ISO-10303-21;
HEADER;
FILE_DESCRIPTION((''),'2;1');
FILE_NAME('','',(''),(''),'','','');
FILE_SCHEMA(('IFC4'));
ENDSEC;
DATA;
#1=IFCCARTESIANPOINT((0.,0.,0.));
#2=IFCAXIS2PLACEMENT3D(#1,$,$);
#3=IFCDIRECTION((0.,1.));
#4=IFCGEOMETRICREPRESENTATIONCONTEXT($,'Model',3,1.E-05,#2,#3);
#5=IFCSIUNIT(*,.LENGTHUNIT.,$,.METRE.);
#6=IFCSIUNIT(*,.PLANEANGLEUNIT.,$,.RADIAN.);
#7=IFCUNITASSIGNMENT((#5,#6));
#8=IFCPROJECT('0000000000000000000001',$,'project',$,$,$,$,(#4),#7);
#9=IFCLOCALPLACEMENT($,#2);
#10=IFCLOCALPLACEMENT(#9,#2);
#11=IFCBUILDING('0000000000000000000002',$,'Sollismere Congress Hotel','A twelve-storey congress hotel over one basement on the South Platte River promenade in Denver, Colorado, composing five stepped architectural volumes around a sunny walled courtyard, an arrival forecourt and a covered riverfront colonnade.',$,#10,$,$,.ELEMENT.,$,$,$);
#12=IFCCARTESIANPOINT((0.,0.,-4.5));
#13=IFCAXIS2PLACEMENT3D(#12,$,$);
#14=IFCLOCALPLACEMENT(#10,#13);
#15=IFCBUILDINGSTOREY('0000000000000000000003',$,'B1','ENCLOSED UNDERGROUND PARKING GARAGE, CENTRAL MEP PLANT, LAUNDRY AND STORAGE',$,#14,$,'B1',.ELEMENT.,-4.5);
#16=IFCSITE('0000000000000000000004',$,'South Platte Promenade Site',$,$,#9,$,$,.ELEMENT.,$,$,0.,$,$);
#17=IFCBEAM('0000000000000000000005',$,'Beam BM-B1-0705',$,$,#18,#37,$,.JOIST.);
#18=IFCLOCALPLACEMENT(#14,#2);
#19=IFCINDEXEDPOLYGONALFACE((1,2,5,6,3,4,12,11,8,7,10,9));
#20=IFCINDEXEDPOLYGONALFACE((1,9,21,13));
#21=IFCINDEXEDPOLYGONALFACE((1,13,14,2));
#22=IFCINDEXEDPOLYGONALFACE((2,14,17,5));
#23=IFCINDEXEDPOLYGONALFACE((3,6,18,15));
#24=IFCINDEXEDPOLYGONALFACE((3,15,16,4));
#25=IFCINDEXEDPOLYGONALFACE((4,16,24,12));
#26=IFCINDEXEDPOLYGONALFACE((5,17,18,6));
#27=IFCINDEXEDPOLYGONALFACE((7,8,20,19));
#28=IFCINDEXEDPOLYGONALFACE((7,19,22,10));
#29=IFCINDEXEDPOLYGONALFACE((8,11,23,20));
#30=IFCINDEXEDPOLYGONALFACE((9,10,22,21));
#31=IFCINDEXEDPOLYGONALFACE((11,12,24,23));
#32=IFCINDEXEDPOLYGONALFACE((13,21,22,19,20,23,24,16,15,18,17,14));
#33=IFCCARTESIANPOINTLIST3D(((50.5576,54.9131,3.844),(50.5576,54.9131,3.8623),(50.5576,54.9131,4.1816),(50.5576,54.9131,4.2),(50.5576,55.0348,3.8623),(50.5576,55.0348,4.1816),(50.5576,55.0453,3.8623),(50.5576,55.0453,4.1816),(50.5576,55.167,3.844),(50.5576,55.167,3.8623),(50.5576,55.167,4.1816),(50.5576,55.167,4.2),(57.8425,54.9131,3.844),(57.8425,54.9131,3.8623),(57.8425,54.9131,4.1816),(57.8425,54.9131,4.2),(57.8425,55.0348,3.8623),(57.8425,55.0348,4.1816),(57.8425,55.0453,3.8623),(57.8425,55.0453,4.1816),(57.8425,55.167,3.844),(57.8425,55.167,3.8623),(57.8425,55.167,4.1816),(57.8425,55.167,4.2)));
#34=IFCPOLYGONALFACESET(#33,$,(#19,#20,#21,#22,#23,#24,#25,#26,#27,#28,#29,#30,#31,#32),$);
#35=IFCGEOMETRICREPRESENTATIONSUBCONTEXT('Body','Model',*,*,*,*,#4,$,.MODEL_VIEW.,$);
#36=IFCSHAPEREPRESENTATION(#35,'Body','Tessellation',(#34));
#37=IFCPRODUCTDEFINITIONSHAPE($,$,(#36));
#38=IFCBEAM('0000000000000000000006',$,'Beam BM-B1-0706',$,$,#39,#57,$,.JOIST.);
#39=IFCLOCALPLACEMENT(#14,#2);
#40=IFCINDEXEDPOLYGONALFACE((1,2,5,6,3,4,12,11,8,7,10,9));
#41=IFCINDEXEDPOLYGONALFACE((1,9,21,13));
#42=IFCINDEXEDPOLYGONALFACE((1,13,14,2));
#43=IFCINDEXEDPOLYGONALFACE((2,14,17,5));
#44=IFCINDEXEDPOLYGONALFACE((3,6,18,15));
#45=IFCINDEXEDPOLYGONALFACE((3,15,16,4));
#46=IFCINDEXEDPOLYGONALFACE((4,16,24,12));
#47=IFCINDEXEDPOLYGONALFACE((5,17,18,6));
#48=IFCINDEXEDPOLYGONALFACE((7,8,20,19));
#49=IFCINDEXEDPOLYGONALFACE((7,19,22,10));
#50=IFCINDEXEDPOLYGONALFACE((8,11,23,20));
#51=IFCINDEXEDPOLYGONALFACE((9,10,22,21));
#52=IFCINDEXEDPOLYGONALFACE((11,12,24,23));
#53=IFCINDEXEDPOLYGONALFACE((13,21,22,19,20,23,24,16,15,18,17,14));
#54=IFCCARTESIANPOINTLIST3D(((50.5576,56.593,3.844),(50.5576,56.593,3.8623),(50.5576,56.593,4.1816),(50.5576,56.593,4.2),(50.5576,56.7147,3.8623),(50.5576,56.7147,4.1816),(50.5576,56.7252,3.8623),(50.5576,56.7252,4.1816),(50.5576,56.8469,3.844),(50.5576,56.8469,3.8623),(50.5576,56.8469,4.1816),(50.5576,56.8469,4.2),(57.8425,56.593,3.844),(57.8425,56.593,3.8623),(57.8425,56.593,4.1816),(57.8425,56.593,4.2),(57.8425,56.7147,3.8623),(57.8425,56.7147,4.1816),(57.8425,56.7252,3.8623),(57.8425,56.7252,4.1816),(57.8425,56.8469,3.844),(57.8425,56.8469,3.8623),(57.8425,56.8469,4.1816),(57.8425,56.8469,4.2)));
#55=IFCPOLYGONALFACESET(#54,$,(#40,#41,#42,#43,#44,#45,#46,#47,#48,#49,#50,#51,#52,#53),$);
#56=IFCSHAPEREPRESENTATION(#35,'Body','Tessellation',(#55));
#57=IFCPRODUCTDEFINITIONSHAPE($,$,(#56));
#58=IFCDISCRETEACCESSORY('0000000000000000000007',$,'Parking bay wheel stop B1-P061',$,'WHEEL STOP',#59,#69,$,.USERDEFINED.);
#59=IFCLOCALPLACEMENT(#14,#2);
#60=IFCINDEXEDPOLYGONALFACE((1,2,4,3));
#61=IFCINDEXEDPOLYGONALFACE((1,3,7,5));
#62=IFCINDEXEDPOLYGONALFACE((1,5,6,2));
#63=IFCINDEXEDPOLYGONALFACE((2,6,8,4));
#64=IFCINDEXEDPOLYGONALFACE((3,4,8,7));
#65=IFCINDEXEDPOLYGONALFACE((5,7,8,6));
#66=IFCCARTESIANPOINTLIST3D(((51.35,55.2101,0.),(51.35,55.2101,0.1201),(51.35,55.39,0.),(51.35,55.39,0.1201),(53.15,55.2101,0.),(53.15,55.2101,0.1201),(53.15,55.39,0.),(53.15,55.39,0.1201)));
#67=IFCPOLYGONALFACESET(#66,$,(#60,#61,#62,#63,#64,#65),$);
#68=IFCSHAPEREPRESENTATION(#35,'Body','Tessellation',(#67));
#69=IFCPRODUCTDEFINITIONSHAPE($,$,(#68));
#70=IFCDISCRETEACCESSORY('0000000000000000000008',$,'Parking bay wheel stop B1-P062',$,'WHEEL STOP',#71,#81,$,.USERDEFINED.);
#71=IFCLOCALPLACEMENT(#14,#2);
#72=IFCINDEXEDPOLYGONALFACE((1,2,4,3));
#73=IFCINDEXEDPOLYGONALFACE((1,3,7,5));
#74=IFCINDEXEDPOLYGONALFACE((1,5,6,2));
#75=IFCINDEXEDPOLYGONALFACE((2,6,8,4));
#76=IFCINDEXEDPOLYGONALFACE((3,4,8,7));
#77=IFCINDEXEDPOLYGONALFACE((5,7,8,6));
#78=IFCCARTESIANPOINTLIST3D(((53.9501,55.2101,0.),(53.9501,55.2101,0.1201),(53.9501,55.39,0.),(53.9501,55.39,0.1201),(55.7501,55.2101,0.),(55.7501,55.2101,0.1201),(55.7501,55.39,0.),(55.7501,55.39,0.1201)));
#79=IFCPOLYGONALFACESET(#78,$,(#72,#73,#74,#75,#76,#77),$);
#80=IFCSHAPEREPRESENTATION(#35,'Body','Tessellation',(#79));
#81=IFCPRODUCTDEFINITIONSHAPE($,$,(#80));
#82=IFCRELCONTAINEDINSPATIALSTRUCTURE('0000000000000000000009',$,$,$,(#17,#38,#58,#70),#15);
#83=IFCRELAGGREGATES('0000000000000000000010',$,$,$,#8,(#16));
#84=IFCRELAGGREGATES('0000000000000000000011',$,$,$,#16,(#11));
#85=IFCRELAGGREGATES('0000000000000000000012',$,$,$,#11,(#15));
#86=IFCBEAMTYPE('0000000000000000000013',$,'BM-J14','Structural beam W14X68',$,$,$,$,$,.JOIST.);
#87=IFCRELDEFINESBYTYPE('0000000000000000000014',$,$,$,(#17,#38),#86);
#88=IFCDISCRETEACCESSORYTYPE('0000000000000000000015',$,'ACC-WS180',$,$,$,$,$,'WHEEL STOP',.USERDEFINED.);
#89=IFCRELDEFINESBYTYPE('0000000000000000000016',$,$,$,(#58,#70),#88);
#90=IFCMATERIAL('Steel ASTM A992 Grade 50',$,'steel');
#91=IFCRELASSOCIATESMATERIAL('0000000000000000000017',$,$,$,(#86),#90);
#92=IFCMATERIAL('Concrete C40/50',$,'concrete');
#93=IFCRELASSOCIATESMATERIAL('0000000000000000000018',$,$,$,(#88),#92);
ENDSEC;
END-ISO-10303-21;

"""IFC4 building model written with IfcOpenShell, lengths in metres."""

from ifc_helpers import new_model, si_unit, direction, frame, origin, origin_2d, place, context, subcontext, project, spatial, rectangle, i_section, extrude, material, material_profile, profile_set, type_object, element, save


model = new_model("IFC4")

# Units and contexts
model_context = context("Model", 3, precision=1e-05, world=origin(), true_north=direction((0.0, 1.0)))
body_context = subcontext(model_context, "Body", "Model", "MODEL_VIEW")
ifc_project = project(units=[si_unit("LENGTHUNIT", "METRE"), si_unit("PLANEANGLEUNIT", "RADIAN")], contexts=[model_context])

# Site, building, storey
site_placement = place(None, origin())
site = spatial("IfcSite", under=ifc_project, at=site_placement, Name="South Platte Promenade Site", CompositionType="ELEMENT", RefElevation=0.0)
building_placement = place(site_placement, origin())
building = spatial("IfcBuilding", under=site, at=building_placement, Name="Sollismere Congress Hotel", Description="A twelve-storey congress hotel over one basement on the South Platte River promenade in Denver, Colorado, composing five stepped architectural volumes around a sunny walled courtyard, an arrival forecourt and a covered riverfront colonnade.", CompositionType="ELEMENT")
storey_placement = place(building_placement, frame((0.0, 0.0, -4.5)))
storey = spatial("IfcBuildingStorey", under=building, at=storey_placement, Name="B1", Description="ENCLOSED UNDERGROUND PARKING GARAGE, CENTRAL MEP PLANT, LAUNDRY AND STORAGE", LongName="B1", CompositionType="ELEMENT", Elevation=-4.5)

# Shared definitions
ifc_material_1 = material(Name="Concrete C40/50", Category="concrete")

# Beams
ifc_material_2 = material(Name="Steel ASTM A992 Grade 50", Category="steel")
ifc_material_profile_1 = material_profile(ifc_material_2, i_section(OverallWidth=0.2539, OverallDepth=0.356, WebThickness=0.0105, FlangeThickness=0.0183, at=origin_2d()), Name="W14X68")
ifc_profile_set_1 = profile_set([ifc_material_profile_1], Name="Steel ASTM A992 Grade 50")
beam_type_1 = type_object("IfcBeamType", Name="BM-J14", Description="Structural beam W14X68", PredefinedType="JOIST", material=ifc_profile_set_1)
for number, where, z_axis, x_axis, name in (
    (1, (50.5576, 55.04, 4.022), (1.0, 0.0, 0.0), (0.0, 1.0, 0.0), "Beam BM-B1-0705"),
    (2, (50.5576, 56.72, 4.022), (1.0, 0.0, 0.0), (0.0, 1.0, 0.0), "Beam BM-B1-0706"),
):
    element("IfcBeam", number, at=place(storey_placement, frame(where, z_axis=z_axis, x_axis=x_axis)), inside=storey, type_object=beam_type_1, Name=name, PredefinedType="JOIST", context=body_context, shape_type="SweptSolid", body=[
        extrude(i_section(OverallWidth=0.2539, OverallDepth=0.356, WebThickness=0.0105, FlangeThickness=0.0183, at=origin_2d()), origin(), (0.0, 0.0, 1.0), 7.2849),
    ])

# Discrete accessories
discrete_accessory_type = type_object("IfcDiscreteAccessoryType", Name="ACC-WS180", ElementType="WHEEL STOP", PredefinedType="USERDEFINED", material=ifc_material_1)
for number, where, z_axis, x_axis, name in (
    (3, (52.25, 55.3, 0.0), (0.0, 0.0, 1.0), (1.0, 0.0, 0.0), "Parking bay wheel stop B1-P061"),
    (4, (54.8501, 55.3, 0.0), (0.0, 0.0, 1.0), (1.0, 0.0, 0.0), "Parking bay wheel stop B1-P062"),
):
    element("IfcDiscreteAccessory", number, at=place(storey_placement, frame(where, z_axis=z_axis, x_axis=x_axis)), inside=storey, type_object=discrete_accessory_type, Name=name, ObjectType="WHEEL STOP", PredefinedType="USERDEFINED", context=body_context, shape_type="SweptSolid", body=[
        extrude(rectangle(XDim=1.8, YDim=0.1799, at=origin_2d()), origin(), (0.0, 0.0, 1.0), 0.1201),
    ])

save(model, "model.ifc")
